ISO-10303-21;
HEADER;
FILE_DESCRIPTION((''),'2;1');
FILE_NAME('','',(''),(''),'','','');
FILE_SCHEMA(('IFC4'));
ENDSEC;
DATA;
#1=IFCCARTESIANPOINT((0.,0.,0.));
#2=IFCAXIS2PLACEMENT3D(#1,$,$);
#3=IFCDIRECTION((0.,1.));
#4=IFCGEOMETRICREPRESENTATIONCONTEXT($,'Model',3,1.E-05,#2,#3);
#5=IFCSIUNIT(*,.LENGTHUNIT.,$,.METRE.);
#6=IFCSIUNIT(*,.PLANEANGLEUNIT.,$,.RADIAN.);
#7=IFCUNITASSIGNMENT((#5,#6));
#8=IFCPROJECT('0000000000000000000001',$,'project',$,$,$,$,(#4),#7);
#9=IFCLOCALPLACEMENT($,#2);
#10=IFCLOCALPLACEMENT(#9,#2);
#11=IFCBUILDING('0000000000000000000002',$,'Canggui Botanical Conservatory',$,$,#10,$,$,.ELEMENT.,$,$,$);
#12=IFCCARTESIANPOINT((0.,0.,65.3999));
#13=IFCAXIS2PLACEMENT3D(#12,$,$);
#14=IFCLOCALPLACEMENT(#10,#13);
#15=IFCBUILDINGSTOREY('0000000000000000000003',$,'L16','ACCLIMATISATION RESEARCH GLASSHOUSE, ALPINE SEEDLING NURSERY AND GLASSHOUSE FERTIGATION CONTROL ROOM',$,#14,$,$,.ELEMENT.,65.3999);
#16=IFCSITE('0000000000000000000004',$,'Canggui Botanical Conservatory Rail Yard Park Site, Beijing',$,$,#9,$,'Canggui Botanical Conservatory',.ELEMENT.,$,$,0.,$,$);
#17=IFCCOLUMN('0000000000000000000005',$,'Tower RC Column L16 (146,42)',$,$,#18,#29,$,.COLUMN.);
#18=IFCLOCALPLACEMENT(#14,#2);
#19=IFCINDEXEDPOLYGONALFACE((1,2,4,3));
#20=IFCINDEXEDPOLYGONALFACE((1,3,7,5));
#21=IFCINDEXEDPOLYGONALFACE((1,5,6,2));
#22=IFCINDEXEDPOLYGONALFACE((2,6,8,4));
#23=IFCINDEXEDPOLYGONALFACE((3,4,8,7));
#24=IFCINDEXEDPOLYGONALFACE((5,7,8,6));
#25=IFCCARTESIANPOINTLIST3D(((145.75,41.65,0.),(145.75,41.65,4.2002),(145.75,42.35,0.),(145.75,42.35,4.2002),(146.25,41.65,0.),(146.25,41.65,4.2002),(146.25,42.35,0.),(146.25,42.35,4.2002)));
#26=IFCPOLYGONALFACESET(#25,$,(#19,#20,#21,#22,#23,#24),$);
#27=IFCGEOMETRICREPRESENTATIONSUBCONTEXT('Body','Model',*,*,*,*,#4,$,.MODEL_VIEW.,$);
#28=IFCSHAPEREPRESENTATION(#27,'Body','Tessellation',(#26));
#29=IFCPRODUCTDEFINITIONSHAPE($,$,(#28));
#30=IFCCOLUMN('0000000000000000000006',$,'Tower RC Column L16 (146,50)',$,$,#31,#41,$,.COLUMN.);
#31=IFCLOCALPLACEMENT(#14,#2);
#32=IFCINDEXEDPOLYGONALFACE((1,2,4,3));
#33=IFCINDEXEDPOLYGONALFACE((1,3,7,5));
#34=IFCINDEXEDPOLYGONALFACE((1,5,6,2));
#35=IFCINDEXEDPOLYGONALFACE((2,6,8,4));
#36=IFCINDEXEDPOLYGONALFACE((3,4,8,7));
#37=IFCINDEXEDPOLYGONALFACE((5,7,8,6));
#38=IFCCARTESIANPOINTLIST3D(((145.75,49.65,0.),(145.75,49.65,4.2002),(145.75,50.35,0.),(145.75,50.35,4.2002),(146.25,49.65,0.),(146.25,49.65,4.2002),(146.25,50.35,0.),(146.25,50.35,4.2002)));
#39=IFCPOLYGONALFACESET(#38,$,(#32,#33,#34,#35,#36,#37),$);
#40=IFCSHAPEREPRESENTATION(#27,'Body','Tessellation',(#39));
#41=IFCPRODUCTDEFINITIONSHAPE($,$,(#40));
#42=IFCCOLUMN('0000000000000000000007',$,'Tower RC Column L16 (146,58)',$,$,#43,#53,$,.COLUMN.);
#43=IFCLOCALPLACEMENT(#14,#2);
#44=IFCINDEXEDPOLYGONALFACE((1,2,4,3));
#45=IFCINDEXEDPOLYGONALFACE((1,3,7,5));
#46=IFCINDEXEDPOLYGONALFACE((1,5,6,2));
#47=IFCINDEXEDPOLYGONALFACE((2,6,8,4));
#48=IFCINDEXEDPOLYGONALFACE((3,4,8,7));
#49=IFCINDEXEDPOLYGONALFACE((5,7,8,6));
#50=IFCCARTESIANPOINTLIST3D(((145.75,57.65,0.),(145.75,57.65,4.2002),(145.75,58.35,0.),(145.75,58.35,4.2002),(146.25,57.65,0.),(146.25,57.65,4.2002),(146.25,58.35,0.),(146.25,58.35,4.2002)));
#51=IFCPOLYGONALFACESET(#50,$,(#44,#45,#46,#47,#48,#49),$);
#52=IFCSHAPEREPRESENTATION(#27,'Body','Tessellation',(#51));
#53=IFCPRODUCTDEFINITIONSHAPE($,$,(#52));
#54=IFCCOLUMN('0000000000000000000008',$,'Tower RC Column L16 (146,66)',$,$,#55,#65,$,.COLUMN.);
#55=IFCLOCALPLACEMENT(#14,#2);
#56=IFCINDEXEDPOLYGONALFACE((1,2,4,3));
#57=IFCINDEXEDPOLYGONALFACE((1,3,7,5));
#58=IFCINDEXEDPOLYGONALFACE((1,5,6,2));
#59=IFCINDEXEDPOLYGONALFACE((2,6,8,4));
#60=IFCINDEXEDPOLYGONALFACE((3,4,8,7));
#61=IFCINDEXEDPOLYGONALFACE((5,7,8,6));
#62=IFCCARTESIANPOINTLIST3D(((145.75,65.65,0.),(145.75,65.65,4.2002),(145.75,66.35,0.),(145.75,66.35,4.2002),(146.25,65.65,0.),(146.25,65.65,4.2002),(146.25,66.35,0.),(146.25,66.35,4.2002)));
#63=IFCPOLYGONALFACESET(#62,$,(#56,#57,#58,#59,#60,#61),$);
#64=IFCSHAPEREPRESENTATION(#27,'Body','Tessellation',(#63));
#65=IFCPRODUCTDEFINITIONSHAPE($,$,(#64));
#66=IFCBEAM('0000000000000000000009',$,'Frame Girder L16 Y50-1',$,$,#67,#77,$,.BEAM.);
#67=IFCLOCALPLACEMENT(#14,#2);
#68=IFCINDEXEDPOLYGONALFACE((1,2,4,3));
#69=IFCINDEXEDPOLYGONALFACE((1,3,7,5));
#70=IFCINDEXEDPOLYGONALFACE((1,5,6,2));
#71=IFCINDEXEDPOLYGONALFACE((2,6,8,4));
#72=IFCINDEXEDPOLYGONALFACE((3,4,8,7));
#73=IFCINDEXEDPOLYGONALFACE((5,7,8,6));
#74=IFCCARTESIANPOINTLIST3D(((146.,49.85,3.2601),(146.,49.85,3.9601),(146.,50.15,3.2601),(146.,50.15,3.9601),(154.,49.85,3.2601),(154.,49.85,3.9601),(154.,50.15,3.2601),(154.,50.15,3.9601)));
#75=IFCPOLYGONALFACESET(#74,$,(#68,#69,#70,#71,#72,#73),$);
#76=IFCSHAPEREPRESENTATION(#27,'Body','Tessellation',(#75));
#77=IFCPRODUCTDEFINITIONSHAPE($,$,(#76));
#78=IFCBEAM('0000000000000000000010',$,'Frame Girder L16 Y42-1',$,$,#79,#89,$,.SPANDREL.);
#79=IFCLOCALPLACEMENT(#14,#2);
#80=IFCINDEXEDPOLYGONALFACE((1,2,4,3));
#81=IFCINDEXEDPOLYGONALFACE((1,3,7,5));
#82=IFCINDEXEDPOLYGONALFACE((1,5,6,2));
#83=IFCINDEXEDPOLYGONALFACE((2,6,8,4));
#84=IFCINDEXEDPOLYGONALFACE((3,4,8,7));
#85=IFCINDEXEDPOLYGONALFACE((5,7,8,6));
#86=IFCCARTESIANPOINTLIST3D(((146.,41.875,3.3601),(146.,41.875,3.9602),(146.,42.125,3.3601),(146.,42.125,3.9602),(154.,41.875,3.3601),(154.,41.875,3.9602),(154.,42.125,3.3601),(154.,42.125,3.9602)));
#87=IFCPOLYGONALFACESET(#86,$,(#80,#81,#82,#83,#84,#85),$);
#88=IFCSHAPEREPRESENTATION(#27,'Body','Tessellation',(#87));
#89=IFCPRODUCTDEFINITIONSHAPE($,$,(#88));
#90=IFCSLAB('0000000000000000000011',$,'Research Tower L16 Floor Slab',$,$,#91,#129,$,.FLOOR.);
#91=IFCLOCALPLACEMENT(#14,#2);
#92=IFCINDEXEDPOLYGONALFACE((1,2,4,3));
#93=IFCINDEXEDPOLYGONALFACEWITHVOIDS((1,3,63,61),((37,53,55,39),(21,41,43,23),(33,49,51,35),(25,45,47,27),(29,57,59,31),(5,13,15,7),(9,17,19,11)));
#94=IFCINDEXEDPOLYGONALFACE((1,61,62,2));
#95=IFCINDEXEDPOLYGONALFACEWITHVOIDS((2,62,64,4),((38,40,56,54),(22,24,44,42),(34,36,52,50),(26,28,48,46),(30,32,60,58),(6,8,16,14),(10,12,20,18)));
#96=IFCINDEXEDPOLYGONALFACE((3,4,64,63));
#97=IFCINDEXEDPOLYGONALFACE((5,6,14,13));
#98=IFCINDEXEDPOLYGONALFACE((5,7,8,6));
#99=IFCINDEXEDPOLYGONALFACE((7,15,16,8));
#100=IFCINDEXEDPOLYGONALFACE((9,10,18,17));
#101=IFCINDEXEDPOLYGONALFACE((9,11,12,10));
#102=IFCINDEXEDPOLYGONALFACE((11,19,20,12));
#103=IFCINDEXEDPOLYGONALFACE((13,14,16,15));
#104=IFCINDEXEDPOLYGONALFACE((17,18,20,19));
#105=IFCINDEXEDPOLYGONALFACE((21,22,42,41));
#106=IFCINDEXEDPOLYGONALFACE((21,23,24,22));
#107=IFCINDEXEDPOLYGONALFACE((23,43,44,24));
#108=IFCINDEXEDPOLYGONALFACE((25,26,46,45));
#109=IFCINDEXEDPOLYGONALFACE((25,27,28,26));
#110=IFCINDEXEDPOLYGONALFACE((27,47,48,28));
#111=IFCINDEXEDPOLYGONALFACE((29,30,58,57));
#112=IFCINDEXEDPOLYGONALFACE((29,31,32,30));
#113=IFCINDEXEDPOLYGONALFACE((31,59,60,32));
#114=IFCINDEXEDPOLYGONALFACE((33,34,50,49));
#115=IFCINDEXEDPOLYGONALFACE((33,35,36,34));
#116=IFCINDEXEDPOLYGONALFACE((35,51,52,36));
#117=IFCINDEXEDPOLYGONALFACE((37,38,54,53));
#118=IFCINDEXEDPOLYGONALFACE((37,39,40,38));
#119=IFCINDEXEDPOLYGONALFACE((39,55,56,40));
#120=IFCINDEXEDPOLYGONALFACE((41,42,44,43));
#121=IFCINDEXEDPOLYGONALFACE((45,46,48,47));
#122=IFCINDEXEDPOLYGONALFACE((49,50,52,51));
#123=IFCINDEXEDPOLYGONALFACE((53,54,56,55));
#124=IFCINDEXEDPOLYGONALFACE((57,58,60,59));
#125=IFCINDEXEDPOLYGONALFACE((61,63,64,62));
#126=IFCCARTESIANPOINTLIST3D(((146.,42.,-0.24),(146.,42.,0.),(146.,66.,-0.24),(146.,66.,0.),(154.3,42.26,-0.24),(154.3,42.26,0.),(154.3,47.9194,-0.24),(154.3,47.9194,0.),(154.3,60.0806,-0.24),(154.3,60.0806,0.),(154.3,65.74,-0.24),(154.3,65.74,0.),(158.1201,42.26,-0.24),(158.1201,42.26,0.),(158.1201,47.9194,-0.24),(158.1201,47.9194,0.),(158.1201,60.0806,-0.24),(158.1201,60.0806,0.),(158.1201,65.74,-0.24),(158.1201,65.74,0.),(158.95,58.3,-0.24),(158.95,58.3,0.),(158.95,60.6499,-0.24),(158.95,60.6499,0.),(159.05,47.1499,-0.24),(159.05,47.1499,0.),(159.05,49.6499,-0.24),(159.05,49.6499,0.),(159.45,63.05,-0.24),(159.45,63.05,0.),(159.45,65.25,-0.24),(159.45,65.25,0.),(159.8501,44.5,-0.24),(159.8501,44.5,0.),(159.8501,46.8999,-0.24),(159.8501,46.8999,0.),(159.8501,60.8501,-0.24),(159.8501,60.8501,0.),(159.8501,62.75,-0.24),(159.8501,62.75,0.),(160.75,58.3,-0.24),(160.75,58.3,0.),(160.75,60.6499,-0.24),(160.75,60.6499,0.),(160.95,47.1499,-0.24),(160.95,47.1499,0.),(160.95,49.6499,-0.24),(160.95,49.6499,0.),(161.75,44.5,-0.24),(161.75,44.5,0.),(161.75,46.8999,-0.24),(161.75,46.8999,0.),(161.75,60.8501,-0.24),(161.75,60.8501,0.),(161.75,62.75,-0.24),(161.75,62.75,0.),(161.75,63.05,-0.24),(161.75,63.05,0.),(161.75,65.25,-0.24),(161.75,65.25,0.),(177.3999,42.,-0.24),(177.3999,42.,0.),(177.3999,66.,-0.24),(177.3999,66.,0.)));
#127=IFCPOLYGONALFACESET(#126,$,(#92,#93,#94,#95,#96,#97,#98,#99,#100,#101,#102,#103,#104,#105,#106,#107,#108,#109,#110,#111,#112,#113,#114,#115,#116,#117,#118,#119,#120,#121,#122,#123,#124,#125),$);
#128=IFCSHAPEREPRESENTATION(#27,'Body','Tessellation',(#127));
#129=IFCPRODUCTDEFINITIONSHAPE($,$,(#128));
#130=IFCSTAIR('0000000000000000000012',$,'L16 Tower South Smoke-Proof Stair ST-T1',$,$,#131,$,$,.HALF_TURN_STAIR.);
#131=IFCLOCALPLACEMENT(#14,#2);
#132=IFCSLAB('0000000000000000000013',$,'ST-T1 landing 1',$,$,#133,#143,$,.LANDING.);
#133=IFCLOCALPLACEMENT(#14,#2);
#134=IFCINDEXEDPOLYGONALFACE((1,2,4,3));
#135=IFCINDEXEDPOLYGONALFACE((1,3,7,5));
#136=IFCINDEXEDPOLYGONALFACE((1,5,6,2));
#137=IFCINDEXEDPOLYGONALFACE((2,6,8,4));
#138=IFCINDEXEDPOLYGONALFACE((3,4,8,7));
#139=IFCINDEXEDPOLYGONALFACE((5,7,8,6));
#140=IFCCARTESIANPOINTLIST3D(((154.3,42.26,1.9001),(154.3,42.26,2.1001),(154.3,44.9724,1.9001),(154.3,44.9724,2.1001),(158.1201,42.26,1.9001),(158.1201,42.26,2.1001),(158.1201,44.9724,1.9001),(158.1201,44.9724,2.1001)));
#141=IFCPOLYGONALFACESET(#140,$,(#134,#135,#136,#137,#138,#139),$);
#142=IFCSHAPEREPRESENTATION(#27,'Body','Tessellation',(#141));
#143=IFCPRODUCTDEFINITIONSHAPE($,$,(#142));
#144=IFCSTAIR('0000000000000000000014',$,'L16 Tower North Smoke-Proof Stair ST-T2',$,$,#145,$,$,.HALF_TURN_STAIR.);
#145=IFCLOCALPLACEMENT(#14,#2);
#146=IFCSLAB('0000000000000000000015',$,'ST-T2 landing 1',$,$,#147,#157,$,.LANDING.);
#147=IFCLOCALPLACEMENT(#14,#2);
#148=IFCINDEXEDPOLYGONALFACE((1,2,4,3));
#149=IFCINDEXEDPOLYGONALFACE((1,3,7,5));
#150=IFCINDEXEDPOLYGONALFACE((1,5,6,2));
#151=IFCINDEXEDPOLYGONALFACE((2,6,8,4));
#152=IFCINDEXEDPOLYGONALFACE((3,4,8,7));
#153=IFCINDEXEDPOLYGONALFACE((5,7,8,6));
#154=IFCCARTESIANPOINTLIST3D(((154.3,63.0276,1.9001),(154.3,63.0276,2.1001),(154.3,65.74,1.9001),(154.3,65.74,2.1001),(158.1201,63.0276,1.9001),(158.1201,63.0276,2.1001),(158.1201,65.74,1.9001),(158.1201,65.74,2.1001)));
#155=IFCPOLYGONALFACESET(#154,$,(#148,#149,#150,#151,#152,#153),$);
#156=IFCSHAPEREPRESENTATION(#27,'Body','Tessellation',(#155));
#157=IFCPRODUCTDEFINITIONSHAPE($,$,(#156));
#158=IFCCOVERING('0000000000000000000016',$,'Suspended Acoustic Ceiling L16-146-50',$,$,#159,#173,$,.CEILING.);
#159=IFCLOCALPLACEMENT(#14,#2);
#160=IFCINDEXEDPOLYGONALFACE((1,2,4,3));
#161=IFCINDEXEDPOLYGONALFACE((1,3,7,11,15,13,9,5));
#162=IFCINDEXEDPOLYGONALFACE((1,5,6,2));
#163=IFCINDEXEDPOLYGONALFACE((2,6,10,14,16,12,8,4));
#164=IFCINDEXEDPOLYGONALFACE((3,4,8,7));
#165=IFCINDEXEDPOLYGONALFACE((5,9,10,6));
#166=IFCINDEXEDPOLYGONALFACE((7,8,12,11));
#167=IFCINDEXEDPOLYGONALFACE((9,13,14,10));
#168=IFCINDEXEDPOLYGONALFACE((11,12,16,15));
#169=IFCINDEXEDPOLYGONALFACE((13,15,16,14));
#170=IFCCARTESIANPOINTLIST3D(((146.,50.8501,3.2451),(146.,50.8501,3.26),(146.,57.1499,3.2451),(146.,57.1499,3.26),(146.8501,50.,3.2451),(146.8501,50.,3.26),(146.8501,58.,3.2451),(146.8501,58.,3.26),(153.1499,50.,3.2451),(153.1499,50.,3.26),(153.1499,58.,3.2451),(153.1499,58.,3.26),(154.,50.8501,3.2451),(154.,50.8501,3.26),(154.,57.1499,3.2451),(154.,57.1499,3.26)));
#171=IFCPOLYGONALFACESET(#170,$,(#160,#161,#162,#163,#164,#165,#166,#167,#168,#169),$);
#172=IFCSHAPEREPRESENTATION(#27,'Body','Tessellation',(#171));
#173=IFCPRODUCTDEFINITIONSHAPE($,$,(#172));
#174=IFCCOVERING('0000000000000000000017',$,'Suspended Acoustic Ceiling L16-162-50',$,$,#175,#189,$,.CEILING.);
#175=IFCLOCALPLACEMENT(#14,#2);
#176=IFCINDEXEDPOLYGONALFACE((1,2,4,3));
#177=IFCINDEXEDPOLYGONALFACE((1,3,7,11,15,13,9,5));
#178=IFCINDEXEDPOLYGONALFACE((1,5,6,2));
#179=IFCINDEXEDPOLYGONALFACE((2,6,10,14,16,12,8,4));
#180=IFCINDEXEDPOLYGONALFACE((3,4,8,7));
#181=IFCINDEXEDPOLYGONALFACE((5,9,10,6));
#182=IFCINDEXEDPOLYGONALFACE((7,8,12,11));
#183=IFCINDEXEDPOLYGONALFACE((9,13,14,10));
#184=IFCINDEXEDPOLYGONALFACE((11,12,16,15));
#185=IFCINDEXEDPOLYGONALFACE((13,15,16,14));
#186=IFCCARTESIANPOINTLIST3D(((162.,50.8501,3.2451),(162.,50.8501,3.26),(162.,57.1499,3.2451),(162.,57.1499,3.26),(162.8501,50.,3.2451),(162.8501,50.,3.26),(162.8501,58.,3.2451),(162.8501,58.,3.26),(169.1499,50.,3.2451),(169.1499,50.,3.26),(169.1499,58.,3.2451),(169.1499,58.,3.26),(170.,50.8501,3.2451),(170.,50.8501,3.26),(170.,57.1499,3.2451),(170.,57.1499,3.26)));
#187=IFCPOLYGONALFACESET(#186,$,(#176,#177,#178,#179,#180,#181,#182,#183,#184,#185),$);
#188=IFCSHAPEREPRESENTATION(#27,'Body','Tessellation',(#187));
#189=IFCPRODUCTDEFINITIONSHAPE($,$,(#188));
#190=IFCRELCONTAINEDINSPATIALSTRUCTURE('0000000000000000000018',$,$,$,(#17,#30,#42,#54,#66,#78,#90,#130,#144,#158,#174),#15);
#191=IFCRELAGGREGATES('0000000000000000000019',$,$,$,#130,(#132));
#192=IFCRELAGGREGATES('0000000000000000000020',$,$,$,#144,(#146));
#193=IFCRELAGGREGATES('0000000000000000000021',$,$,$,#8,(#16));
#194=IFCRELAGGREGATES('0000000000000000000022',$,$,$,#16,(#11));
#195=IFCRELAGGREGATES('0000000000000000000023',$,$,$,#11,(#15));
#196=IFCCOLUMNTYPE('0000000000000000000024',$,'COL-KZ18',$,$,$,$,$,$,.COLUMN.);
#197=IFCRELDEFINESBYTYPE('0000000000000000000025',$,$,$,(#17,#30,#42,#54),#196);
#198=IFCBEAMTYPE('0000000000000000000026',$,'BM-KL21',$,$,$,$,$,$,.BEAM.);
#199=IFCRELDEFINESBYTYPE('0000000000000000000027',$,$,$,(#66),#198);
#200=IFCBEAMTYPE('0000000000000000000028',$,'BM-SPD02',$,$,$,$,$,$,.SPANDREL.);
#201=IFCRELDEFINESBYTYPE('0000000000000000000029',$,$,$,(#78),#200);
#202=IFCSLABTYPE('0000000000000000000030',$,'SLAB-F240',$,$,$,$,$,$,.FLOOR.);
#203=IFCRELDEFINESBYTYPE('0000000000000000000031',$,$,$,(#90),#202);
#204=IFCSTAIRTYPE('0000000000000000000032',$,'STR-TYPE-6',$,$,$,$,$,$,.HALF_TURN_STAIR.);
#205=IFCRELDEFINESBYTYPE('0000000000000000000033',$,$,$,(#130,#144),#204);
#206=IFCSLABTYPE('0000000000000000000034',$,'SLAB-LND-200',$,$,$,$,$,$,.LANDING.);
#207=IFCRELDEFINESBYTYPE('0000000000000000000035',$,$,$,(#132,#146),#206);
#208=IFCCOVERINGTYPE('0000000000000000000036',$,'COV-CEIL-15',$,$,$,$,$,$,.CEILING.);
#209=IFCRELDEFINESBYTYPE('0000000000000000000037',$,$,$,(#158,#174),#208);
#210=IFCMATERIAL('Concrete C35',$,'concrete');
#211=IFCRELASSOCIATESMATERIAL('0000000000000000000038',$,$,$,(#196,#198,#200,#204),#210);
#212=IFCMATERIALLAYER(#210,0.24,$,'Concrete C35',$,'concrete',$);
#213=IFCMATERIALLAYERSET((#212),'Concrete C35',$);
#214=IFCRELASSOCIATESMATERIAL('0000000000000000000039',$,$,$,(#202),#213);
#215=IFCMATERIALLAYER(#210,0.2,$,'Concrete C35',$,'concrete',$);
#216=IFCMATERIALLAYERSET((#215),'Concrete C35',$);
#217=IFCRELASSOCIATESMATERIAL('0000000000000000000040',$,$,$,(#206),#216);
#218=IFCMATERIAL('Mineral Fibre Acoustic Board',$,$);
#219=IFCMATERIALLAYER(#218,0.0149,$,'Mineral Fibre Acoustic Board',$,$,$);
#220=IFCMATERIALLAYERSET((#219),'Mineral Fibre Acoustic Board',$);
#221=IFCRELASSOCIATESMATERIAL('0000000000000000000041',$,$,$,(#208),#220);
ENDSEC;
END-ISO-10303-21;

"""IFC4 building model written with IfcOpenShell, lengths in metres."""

from ifc_helpers import new_model, si_unit, direction, frame, origin, origin_2d, place, context, subcontext, project, spatial, polyline, rectangle, outline, extrude, material, layer, layer_set, material_profile, profile_set, type_object, element, aggregate, save


model = new_model("IFC4")

# Units and contexts
model_context = context("Model", 3, precision=1e-05, world=origin(), true_north=direction((0.0, 1.0)))
body_context = subcontext(model_context, "Body", "Model", "MODEL_VIEW")
ifc_project = project(units=[si_unit("LENGTHUNIT", "METRE"), si_unit("PLANEANGLEUNIT", "RADIAN")], contexts=[model_context])

# Site, building, storey
site_placement = place(None, origin())
site = spatial("IfcSite", under=ifc_project, at=site_placement, Name="Canggui Botanical Conservatory Rail Yard Park Site, Beijing", LongName="Canggui Botanical Conservatory", CompositionType="ELEMENT", RefElevation=0.0)
building_placement = place(site_placement, origin())
building = spatial("IfcBuilding", under=site, at=building_placement, Name="Canggui Botanical Conservatory", CompositionType="ELEMENT")
storey_placement = place(building_placement, frame((0.0, 0.0, 65.3999)))
storey = spatial("IfcBuildingStorey", under=building, at=storey_placement, Name="L16", Description="ACCLIMATISATION RESEARCH GLASSHOUSE, ALPINE SEEDLING NURSERY AND GLASSHOUSE FERTIGATION CONTROL ROOM", CompositionType="ELEMENT", Elevation=65.3999)

# Columns
ifc_material_1 = material(Name="Concrete C35", Category="concrete")
ifc_material_profile_1 = material_profile(ifc_material_1, rectangle(XDim=0.5, YDim=0.7, at=origin_2d()), Name="RC 500x700")
ifc_profile_set_1 = profile_set([ifc_material_profile_1], Name="Concrete C35")
column_type = type_object("IfcColumnType", Name="COL-KZ18", PredefinedType="COLUMN", material=ifc_profile_set_1)
for number, where, z_axis, x_axis, name in (
    (1, (146.0, 42.0, 0.0), (0.0, 0.0, 1.0), (1.0, 0.0, 0.0), "Tower RC Column L16 (146,42)"),
    (2, (146.0, 50.0, 0.0), (0.0, 0.0, 1.0), (1.0, 0.0, 0.0), "Tower RC Column L16 (146,50)"),
    (3, (146.0, 58.0, 0.0), (0.0, 0.0, 1.0), (1.0, 0.0, 0.0), "Tower RC Column L16 (146,58)"),
    (4, (146.0, 66.0, 0.0), (0.0, 0.0, 1.0), (1.0, 0.0, 0.0), "Tower RC Column L16 (146,66)"),
):
    element("IfcColumn", number, at=place(storey_placement, frame(where, z_axis=z_axis, x_axis=x_axis)), inside=storey, type_object=column_type, Name=name, PredefinedType="COLUMN", context=body_context, shape_type="SweptSolid", body=[
        extrude(rectangle(XDim=0.5, YDim=0.7, at=origin_2d()), origin(), (0.0, 0.0, 1.0), 4.2002),
    ])

# Beams
ifc_material_profile_2 = material_profile(ifc_material_1, rectangle(XDim=0.3, YDim=0.7, at=origin_2d()), Name="RB 300x700")
ifc_profile_set_2 = profile_set([ifc_material_profile_2], Name="Concrete C35")
beam_type_1 = type_object("IfcBeamType", Name="BM-KL21", PredefinedType="BEAM", material=ifc_profile_set_2)
beam_1_placement = place(storey_placement, frame((146.0, 50.0, 3.6101), z_axis=(1.0, 0.0, 0.0), x_axis=(0.0, 1.0, 0.0)))
element("IfcBeam", 5, at=beam_1_placement, inside=storey, type_object=beam_type_1, Name="Frame Girder L16 Y50-1", PredefinedType="BEAM", context=body_context, shape_type="SweptSolid", body=[
    extrude(rectangle(XDim=0.3, YDim=0.7, at=origin_2d()), origin(), (0.0, 0.0, 1.0), 8.0),
])
ifc_material_profile_3 = material_profile(ifc_material_1, rectangle(XDim=0.25, YDim=0.6001, at=origin_2d()), Name="RB 250x600")
ifc_profile_set_3 = profile_set([ifc_material_profile_3], Name="Concrete C35")
beam_type_2 = type_object("IfcBeamType", Name="BM-SPD02", PredefinedType="SPANDREL", material=ifc_profile_set_3)
beam_2_placement = place(storey_placement, frame((146.0, 42.0, 3.6602), z_axis=(1.0, 0.0, 0.0), x_axis=(0.0, 1.0, 0.0)))
element("IfcBeam", 6, at=beam_2_placement, inside=storey, type_object=beam_type_2, Name="Frame Girder L16 Y42-1", PredefinedType="SPANDREL", context=body_context, shape_type="SweptSolid", body=[
    extrude(rectangle(XDim=0.25, YDim=0.6001, at=origin_2d()), origin(), (0.0, 0.0, 1.0), 8.0),
])

# Slab
ifc_layer_1 = layer(ifc_material_1, 0.24, Name="Concrete C35", Category="concrete")
ifc_layer_set_1 = layer_set([ifc_layer_1], Name="Concrete C35")
slab_type_1 = type_object("IfcSlabType", Name="SLAB-F240", PredefinedType="FLOOR", material=ifc_layer_set_1)
slab_1_placement = place(storey_placement, frame((0.0, 0.0, -0.24)))
element("IfcSlab", 7, at=slab_1_placement, inside=storey, type_object=slab_type_1, Name="Research Tower L16 Floor Slab", PredefinedType="FLOOR", context=body_context, shape_type="SweptSolid", body=[
    extrude(outline(polyline([(146.0, 42.0), (177.3999, 42.0), (177.3999, 66.0), (146.0, 66.0), (146.0, 42.0)]), holes=[polyline([(154.3, 47.9194), (154.3, 42.26), (158.1201, 42.26), (158.1201, 47.9194), (154.3, 47.9194)]), polyline([(158.1201, 60.0806), (158.1201, 65.74), (154.3, 65.74), (154.3, 60.0806), (158.1201, 60.0806)]), polyline([(159.05, 47.1499), (160.95, 47.1499), (160.95, 49.6499), (159.05, 49.6499), (159.05, 47.1499)]), polyline([(159.8501, 44.5), (161.75, 44.5), (161.75, 46.8999), (159.8501, 46.8999), (159.8501, 44.5)]), polyline([(158.95, 58.3), (160.75, 58.3), (160.75, 60.6499), (158.95, 60.6499), (158.95, 58.3)]), polyline([(159.8501, 60.8501), (161.75, 60.8501), (161.75, 62.75), (159.8501, 62.75), (159.8501, 60.8501)]), polyline([(159.45, 63.05), (161.75, 63.05), (161.75, 65.25), (159.45, 65.25), (159.45, 63.05)])]), origin(), (0.0, 0.0, 1.0), 0.24),
])

# Stairs, slabs
stair_type = type_object("IfcStairType", Name="STR-TYPE-6", PredefinedType="HALF_TURN_STAIR", material=ifc_material_1)
stair_1_placement = place(storey_placement, origin())
stair_1 = element("IfcStair", 8, at=stair_1_placement, inside=storey, type_object=stair_type, Name="L16 Tower South Smoke-Proof Stair ST-T1", PredefinedType="HALF_TURN_STAIR")
ifc_layer_2 = layer(ifc_material_1, 0.2, Name="Concrete C35", Category="concrete")
ifc_layer_set_2 = layer_set([ifc_layer_2], Name="Concrete C35")
slab_type_2 = type_object("IfcSlabType", Name="SLAB-LND-200", PredefinedType="LANDING", material=ifc_layer_set_2)
slab_2_placement = place(storey_placement, frame((0.0, 0.0, 1.9001)))
slab_2 = element("IfcSlab", 9, at=slab_2_placement, type_object=slab_type_2, Name="ST-T1 landing 1", PredefinedType="LANDING", context=body_context, shape_type="SweptSolid", body=[
    extrude(outline(polyline([(154.3, 44.9724), (154.3, 42.26), (158.1201, 42.26), (158.1201, 44.9724), (154.3, 44.9724)])), origin(), (0.0, 0.0, 1.0), 0.2),
])
aggregate(stair_1, [slab_2])
stair_2_placement = place(storey_placement, origin())
stair_2 = element("IfcStair", 10, at=stair_2_placement, inside=storey, type_object=stair_type, Name="L16 Tower North Smoke-Proof Stair ST-T2", PredefinedType="HALF_TURN_STAIR")
slab_3_placement = place(storey_placement, frame((0.0, 0.0, 1.9001)))
slab_3 = element("IfcSlab", 11, at=slab_3_placement, type_object=slab_type_2, Name="ST-T2 landing 1", PredefinedType="LANDING", context=body_context, shape_type="SweptSolid", body=[
    extrude(outline(polyline([(158.1201, 63.0276), (158.1201, 65.74), (154.3, 65.74), (154.3, 63.0276), (158.1201, 63.0276)])), origin(), (0.0, 0.0, 1.0), 0.2),
])
aggregate(stair_2, [slab_3])

# Coverings
ifc_material_2 = material(Name="Mineral Fibre Acoustic Board")
ifc_layer_3 = layer(ifc_material_2, 0.0149, Name="Mineral Fibre Acoustic Board")
ifc_layer_set_3 = layer_set([ifc_layer_3], Name="Mineral Fibre Acoustic Board")
covering_type_1 = type_object("IfcCoveringType", Name="COV-CEIL-15", PredefinedType="CEILING", material=ifc_layer_set_3)
covering_1_placement = place(storey_placement, frame((0.0, 0.0, 3.2451)))
element("IfcCovering", 12, at=covering_1_placement, inside=storey, type_object=covering_type_1, Name="Suspended Acoustic Ceiling L16-146-50", PredefinedType="CEILING", context=body_context, shape_type="SweptSolid", body=[
    extrude(outline(polyline([(146.8501, 50.0), (153.1499, 50.0), (154.0, 50.8501), (154.0, 57.1499), (153.1499, 58.0), (146.8501, 58.0), (146.0, 57.1499), (146.0, 50.8501), (146.8501, 50.0)])), origin(), (0.0, 0.0, 1.0), 0.0149),
])
covering_2_placement = place(storey_placement, frame((0.0, 0.0, 3.2451)))
element("IfcCovering", 13, at=covering_2_placement, inside=storey, type_object=covering_type_1, Name="Suspended Acoustic Ceiling L16-162-50", PredefinedType="CEILING", context=body_context, shape_type="SweptSolid", body=[
    extrude(outline(polyline([(162.8501, 50.0), (169.1499, 50.0), (170.0, 50.8501), (170.0, 57.1499), (169.1499, 58.0), (162.8501, 58.0), (162.0, 57.1499), (162.0, 50.8501), (162.8501, 50.0)])), origin(), (0.0, 0.0, 1.0), 0.0149),
])

save(model, "model.ifc")
